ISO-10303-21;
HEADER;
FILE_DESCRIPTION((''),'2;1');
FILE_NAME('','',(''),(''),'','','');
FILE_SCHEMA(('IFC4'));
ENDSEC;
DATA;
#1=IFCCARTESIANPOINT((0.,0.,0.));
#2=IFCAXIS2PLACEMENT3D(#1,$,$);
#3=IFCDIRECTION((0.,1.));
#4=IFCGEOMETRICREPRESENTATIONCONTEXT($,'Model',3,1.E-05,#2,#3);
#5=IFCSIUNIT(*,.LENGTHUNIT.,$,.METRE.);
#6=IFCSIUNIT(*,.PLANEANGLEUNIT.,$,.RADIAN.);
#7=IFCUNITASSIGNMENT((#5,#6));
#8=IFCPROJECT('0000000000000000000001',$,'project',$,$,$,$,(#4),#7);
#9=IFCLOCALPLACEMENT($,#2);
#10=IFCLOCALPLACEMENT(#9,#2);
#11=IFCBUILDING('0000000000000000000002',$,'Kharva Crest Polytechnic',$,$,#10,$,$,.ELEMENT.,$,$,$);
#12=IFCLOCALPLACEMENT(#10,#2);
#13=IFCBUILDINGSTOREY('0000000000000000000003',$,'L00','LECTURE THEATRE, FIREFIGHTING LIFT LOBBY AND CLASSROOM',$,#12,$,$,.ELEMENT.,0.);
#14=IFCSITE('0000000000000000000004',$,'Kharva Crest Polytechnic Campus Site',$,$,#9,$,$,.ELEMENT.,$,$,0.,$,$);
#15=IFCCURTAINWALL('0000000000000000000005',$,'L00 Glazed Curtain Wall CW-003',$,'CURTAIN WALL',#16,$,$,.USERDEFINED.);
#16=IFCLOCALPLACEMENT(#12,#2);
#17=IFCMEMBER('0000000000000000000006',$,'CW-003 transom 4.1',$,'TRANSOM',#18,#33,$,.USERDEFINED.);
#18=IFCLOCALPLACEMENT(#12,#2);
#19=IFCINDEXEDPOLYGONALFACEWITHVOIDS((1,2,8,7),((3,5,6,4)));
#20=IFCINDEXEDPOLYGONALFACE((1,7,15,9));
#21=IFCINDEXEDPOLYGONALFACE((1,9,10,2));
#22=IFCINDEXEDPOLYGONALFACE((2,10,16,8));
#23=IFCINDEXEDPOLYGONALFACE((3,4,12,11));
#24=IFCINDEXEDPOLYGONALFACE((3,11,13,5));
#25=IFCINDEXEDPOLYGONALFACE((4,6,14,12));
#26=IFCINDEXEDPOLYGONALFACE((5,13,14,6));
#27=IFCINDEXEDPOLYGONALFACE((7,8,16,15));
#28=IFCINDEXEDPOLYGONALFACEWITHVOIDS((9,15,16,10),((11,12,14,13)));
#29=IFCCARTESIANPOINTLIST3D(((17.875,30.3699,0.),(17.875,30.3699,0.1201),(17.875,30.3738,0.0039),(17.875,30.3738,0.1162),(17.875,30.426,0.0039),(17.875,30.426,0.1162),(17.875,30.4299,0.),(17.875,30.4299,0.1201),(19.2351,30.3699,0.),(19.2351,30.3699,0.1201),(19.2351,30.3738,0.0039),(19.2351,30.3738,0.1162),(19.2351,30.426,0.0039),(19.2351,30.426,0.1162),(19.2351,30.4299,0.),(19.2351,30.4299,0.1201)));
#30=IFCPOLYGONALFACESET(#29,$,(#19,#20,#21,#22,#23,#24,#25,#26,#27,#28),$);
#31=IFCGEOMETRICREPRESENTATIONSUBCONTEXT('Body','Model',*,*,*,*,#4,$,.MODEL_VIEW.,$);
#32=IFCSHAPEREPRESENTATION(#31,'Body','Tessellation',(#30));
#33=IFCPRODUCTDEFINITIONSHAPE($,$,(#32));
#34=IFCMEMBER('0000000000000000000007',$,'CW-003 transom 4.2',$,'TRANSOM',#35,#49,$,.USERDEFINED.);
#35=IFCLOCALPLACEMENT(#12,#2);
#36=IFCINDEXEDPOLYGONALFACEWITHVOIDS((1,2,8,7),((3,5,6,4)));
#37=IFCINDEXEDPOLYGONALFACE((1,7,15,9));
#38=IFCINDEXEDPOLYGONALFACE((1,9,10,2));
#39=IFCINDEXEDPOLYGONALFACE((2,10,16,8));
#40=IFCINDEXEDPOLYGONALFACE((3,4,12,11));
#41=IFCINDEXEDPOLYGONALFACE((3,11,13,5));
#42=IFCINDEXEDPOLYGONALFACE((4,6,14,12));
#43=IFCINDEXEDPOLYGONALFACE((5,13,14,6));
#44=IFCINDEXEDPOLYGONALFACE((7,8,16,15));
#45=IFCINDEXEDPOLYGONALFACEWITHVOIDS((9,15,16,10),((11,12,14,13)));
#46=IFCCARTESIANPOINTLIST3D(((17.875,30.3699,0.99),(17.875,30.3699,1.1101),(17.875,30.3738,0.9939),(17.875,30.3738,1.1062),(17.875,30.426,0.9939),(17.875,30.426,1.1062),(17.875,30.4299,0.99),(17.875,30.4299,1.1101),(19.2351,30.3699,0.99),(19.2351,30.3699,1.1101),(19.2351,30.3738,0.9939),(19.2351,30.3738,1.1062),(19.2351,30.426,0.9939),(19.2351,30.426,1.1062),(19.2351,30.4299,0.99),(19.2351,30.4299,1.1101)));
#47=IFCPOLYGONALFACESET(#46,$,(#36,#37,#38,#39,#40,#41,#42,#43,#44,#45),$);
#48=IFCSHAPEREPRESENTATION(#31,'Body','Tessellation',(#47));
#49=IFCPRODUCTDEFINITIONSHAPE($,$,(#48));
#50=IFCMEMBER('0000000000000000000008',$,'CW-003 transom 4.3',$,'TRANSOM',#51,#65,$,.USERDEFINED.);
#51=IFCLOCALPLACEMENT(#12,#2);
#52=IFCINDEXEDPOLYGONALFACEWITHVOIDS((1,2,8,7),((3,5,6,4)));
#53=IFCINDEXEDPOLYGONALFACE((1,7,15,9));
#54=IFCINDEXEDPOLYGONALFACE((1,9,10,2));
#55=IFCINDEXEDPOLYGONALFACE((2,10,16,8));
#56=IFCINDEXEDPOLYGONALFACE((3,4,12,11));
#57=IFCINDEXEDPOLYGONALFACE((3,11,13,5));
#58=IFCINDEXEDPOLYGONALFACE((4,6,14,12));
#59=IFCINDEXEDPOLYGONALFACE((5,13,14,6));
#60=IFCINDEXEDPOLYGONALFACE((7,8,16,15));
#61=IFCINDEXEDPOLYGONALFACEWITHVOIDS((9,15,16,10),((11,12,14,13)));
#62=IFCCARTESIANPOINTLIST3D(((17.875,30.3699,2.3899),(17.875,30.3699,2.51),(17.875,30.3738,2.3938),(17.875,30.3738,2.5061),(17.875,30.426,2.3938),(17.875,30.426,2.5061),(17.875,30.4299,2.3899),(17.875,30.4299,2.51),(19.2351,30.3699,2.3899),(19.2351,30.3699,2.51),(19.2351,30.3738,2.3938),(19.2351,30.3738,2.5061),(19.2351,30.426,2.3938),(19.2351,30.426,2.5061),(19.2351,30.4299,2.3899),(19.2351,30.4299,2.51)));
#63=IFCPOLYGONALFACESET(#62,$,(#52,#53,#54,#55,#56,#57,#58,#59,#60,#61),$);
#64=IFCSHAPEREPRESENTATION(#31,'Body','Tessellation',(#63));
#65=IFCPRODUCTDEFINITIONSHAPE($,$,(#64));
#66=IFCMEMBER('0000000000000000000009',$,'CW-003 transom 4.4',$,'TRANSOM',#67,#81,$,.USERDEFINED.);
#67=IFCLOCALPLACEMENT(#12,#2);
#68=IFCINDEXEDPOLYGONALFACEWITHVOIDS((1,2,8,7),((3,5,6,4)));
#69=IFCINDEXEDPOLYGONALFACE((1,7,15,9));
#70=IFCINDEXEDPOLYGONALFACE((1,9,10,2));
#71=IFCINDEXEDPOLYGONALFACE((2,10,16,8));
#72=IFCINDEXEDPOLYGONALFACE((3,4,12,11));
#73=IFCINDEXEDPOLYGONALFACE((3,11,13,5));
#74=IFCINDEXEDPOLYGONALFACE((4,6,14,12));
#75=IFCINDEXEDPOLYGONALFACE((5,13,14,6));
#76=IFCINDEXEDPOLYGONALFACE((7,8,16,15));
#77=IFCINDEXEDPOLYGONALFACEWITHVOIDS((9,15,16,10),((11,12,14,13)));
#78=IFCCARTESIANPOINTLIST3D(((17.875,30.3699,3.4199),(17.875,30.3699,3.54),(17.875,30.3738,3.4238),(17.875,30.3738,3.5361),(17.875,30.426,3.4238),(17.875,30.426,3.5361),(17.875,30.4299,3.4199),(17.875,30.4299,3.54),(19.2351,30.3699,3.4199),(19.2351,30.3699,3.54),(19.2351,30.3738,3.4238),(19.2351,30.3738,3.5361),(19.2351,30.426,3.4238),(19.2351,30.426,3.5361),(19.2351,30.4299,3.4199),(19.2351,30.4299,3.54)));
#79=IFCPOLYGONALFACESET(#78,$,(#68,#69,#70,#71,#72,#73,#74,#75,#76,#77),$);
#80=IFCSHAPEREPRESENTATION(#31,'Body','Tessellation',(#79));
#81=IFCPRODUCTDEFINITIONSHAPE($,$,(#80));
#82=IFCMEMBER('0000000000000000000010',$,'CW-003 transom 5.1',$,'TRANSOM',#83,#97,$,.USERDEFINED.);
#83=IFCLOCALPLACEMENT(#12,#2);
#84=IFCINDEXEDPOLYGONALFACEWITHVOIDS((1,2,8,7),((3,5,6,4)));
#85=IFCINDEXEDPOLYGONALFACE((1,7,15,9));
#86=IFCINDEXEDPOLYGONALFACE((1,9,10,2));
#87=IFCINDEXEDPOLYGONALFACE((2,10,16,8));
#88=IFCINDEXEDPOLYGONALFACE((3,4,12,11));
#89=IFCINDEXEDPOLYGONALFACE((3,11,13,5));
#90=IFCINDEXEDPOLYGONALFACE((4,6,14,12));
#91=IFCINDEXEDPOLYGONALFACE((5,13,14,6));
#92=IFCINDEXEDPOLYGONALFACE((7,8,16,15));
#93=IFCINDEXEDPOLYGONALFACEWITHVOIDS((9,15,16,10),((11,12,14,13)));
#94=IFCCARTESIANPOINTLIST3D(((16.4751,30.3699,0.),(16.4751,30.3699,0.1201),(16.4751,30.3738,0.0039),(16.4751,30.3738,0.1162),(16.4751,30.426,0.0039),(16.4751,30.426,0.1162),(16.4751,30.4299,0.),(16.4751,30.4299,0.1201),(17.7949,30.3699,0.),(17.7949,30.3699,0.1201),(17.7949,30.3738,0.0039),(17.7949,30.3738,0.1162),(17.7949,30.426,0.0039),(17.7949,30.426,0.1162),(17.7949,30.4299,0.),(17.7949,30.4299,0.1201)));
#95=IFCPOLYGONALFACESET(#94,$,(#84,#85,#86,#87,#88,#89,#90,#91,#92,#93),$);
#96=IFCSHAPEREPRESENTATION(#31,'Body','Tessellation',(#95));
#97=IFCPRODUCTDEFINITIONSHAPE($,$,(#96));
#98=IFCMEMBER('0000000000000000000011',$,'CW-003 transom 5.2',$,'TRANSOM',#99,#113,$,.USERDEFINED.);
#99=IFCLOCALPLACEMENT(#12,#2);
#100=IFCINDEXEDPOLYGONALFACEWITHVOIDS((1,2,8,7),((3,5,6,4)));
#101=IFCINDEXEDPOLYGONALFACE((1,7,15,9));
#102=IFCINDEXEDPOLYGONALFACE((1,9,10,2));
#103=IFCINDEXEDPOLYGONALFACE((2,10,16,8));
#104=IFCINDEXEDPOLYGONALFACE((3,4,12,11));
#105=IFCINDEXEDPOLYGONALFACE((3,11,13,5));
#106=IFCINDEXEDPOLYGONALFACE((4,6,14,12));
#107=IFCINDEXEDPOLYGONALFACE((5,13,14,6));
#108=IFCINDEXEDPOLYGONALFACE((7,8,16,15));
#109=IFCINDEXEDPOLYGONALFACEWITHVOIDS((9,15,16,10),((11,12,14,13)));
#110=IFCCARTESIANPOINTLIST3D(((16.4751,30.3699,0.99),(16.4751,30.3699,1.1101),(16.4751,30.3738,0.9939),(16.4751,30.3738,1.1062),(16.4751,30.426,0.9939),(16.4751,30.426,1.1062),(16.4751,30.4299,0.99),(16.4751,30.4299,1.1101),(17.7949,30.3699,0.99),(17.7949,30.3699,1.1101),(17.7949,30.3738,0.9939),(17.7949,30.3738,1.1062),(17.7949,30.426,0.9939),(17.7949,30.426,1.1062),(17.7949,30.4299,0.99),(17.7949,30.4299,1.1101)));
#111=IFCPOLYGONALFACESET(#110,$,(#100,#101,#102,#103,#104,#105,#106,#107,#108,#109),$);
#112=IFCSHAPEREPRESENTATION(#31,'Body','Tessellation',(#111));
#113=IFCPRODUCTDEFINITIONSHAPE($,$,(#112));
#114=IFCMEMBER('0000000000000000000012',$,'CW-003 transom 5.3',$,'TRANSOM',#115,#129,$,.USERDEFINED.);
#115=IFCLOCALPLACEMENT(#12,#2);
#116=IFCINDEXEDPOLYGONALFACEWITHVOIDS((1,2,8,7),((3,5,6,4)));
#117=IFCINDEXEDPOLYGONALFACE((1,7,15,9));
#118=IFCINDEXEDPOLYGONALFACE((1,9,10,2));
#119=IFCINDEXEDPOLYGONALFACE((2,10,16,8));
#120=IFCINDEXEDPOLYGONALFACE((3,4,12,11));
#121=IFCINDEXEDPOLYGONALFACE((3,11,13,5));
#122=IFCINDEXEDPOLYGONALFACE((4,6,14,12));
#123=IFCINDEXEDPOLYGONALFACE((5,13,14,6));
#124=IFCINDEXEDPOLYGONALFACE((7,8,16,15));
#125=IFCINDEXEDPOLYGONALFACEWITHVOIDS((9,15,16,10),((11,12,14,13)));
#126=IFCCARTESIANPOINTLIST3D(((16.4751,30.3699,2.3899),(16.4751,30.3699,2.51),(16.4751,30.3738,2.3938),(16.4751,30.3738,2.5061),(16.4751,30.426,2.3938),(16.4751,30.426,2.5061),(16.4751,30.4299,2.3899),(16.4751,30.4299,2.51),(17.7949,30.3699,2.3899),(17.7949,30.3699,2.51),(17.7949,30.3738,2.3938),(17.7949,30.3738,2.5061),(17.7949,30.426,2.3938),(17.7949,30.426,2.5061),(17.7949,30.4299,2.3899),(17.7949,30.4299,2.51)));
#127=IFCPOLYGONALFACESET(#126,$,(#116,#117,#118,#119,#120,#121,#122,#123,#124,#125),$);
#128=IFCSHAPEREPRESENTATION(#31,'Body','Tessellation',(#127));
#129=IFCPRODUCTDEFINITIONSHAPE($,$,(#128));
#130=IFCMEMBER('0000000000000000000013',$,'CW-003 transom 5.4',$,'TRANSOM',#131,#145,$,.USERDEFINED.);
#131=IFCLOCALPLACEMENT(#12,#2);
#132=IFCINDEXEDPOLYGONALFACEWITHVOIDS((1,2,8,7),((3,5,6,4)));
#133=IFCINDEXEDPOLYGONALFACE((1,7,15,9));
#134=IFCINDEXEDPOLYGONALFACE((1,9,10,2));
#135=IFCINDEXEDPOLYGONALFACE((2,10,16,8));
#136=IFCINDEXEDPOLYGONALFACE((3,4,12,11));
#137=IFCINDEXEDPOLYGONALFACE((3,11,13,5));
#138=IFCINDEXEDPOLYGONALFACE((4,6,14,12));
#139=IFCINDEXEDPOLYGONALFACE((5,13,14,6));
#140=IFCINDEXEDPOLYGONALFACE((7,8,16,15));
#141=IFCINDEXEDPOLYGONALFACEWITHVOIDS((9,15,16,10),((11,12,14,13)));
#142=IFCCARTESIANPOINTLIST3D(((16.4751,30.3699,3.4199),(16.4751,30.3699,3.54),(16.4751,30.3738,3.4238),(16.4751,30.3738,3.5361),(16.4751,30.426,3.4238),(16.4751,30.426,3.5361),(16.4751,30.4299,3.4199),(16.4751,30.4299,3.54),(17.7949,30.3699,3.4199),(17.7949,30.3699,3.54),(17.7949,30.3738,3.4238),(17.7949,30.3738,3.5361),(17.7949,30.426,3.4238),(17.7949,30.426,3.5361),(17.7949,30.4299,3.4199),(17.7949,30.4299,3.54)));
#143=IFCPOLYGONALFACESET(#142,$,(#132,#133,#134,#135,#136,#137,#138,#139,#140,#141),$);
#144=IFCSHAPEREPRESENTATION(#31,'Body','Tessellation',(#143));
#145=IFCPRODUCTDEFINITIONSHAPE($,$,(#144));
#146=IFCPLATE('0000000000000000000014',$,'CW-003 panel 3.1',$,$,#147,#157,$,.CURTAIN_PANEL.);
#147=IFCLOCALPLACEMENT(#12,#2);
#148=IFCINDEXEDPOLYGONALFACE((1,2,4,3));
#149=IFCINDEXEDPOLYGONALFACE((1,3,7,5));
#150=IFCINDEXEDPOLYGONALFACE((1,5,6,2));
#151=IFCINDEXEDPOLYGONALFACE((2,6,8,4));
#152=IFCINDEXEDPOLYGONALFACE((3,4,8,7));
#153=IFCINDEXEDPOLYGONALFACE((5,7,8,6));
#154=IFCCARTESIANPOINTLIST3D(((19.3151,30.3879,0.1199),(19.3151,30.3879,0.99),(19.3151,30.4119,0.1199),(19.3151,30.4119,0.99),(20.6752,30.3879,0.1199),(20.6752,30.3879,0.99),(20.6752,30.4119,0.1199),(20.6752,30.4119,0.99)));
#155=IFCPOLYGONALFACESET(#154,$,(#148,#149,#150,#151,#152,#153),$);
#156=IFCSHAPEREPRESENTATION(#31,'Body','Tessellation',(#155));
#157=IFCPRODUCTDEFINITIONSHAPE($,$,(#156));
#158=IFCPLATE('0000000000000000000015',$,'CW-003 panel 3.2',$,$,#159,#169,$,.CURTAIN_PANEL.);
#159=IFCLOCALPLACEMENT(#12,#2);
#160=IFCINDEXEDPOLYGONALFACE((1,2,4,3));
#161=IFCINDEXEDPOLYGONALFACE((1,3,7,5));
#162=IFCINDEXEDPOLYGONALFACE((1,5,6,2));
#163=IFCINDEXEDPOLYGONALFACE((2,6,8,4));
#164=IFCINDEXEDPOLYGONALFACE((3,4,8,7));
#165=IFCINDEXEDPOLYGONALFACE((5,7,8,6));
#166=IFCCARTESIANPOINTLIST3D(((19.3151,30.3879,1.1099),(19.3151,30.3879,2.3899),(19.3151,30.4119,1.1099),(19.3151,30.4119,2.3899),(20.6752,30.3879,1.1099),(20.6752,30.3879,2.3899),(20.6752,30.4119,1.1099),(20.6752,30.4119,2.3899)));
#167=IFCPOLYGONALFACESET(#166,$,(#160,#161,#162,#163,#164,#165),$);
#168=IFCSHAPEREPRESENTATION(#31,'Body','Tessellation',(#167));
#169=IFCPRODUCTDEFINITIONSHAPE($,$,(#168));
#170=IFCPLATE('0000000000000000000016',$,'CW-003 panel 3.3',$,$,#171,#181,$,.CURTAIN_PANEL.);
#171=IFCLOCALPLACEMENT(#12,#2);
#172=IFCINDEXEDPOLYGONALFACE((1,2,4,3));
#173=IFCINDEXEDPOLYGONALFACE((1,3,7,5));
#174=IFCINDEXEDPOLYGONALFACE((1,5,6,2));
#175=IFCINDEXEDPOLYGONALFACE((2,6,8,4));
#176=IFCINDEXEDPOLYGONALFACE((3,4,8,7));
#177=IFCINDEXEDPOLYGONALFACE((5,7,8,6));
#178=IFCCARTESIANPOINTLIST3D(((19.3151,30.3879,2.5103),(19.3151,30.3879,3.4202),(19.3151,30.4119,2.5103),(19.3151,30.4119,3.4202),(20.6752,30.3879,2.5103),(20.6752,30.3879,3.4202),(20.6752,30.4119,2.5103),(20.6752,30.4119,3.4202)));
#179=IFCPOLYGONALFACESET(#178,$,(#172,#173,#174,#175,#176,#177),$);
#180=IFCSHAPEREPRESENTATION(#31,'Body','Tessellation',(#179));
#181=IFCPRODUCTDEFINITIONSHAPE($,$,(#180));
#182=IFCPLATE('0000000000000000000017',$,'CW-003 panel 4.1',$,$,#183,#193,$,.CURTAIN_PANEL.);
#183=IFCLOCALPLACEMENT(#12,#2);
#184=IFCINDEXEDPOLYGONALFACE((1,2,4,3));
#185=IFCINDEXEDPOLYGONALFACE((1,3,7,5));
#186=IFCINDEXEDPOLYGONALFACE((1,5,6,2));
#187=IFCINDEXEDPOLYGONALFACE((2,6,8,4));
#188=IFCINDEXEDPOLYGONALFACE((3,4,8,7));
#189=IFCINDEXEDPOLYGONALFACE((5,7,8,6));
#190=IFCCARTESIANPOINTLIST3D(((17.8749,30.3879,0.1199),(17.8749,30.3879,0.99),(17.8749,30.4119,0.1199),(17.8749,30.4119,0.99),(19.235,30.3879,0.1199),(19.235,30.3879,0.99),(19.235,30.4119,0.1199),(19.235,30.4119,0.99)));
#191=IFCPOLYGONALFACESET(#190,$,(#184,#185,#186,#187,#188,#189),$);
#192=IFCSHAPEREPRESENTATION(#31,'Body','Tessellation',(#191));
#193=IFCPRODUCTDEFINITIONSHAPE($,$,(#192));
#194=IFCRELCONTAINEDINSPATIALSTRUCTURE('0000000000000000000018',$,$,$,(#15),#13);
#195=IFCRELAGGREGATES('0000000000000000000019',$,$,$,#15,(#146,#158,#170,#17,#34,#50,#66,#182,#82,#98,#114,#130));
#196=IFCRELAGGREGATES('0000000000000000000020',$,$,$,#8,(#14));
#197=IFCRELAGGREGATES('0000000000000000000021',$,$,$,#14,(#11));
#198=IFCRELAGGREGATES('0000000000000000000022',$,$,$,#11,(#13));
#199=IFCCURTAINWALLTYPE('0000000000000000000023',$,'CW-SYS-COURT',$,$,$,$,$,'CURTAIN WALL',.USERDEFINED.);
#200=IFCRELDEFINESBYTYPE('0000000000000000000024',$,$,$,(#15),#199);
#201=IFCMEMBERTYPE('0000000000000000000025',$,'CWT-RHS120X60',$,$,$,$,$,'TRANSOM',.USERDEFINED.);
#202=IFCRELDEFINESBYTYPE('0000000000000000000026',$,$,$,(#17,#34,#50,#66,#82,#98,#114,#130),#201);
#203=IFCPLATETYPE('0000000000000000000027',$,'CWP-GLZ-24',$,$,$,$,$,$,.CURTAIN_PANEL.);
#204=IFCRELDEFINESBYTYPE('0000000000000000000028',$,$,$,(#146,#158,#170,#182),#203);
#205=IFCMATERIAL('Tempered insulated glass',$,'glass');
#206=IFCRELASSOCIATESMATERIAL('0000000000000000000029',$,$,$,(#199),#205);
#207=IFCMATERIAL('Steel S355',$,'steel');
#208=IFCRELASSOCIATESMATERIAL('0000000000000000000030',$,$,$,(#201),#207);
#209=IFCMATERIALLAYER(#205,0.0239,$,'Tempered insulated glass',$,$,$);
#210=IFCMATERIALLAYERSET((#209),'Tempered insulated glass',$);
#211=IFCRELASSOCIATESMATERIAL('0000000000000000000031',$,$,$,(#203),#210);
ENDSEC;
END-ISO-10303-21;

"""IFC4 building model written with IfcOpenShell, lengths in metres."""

from ifc_helpers import new_model, si_unit, direction, frame, origin, origin_2d, place, context, subcontext, project, spatial, rectangle, hollow_rectangle, extrude, material, layer, layer_set, material_profile, profile_set, type_object, element, aggregate, save


model = new_model("IFC4")

# Units and contexts
model_context = context("Model", 3, precision=1e-05, world=origin(), true_north=direction((0.0, 1.0)))
body_context = subcontext(model_context, "Body", "Model", "MODEL_VIEW")
ifc_project = project(units=[si_unit("LENGTHUNIT", "METRE"), si_unit("PLANEANGLEUNIT", "RADIAN")], contexts=[model_context])

# Site, building, storey
site_placement = place(None, origin())
site = spatial("IfcSite", under=ifc_project, at=site_placement, Name="Kharva Crest Polytechnic Campus Site", CompositionType="ELEMENT", RefElevation=0.0)
building_placement = place(site_placement, origin())
building = spatial("IfcBuilding", under=site, at=building_placement, Name="Kharva Crest Polytechnic", CompositionType="ELEMENT")
storey_placement = place(building_placement, origin())
storey = spatial("IfcBuildingStorey", under=building, at=storey_placement, Name="L00", Description="LECTURE THEATRE, FIREFIGHTING LIFT LOBBY AND CLASSROOM", CompositionType="ELEMENT", Elevation=0.0)

# Curtain wall, members, plates
ifc_material_1 = material(Name="Tempered insulated glass", Category="glass")
curtain_wall_type = type_object("IfcCurtainWallType", Name="CW-SYS-COURT", ElementType="CURTAIN WALL", PredefinedType="USERDEFINED", material=ifc_material_1)
curtain_wall_placement = place(storey_placement, origin())
curtain_wall = element("IfcCurtainWall", 1, at=curtain_wall_placement, inside=storey, type_object=curtain_wall_type, Name="L00 Glazed Curtain Wall CW-003", ObjectType="CURTAIN WALL", PredefinedType="USERDEFINED")
ifc_material_2 = material(Name="Steel S355", Category="steel")
ifc_material_profile_1 = material_profile(ifc_material_2, hollow_rectangle(XDim=0.0601, YDim=0.1201, WallThickness=0.0039, at=origin_2d()), Name="RHS 120X60X4.0")
ifc_profile_set_1 = profile_set([ifc_material_profile_1], Name="Steel S355")
member_type_1 = type_object("IfcMemberType", Name="CWT-RHS120X60", ElementType="TRANSOM", PredefinedType="USERDEFINED", material=ifc_profile_set_1)
member_1_placement = place(storey_placement, frame((19.2351, 30.3999, 0.0601), z_axis=(-1.0, 0.0, 0.0), x_axis=(0.0, -1.0, 0.0)))
member_1 = element("IfcMember", 2, at=member_1_placement, type_object=member_type_1, Name="CW-003 transom 4.1", ObjectType="TRANSOM", PredefinedType="USERDEFINED", context=body_context, shape_type="SweptSolid", body=[
    extrude(hollow_rectangle(XDim=0.0601, YDim=0.1201, WallThickness=0.0039, at=origin_2d()), origin(), (0.0, 0.0, 1.0), 1.3601),
])
member_2_placement = place(storey_placement, frame((19.2351, 30.3999, 1.05), z_axis=(-1.0, 0.0, 0.0), x_axis=(0.0, -1.0, 0.0)))
member_2 = element("IfcMember", 3, at=member_2_placement, type_object=member_type_1, Name="CW-003 transom 4.2", ObjectType="TRANSOM", PredefinedType="USERDEFINED", context=body_context, shape_type="SweptSolid", body=[
    extrude(hollow_rectangle(XDim=0.0601, YDim=0.1201, WallThickness=0.0039, at=origin_2d()), origin(), (0.0, 0.0, 1.0), 1.3601),
])
member_3_placement = place(storey_placement, frame((19.2351, 30.3999, 2.45), z_axis=(-1.0, 0.0, 0.0), x_axis=(0.0, -1.0, 0.0)))
member_3 = element("IfcMember", 4, at=member_3_placement, type_object=member_type_1, Name="CW-003 transom 4.3", ObjectType="TRANSOM", PredefinedType="USERDEFINED", context=body_context, shape_type="SweptSolid", body=[
    extrude(hollow_rectangle(XDim=0.0601, YDim=0.1201, WallThickness=0.0039, at=origin_2d()), origin(), (0.0, 0.0, 1.0), 1.3601),
])
member_4_placement = place(storey_placement, frame((19.2351, 30.3999, 3.48), z_axis=(-1.0, 0.0, 0.0), x_axis=(0.0, -1.0, 0.0)))
member_4 = element("IfcMember", 5, at=member_4_placement, type_object=member_type_1, Name="CW-003 transom 4.4", ObjectType="TRANSOM", PredefinedType="USERDEFINED", context=body_context, shape_type="SweptSolid", body=[
    extrude(hollow_rectangle(XDim=0.0601, YDim=0.1201, WallThickness=0.0039, at=origin_2d()), origin(), (0.0, 0.0, 1.0), 1.3601),
])
member_5_placement = place(storey_placement, frame((17.7949, 30.3999, 0.0601), z_axis=(-1.0, 0.0, 0.0), x_axis=(0.0, -1.0, 0.0)))
member_5 = element("IfcMember", 6, at=member_5_placement, type_object=member_type_1, Name="CW-003 transom 5.1", ObjectType="TRANSOM", PredefinedType="USERDEFINED", context=body_context, shape_type="SweptSolid", body=[
    extrude(hollow_rectangle(XDim=0.0601, YDim=0.1201, WallThickness=0.0039, at=origin_2d()), origin(), (0.0, 0.0, 1.0), 1.3198),
])
member_6_placement = place(storey_placement, frame((17.7949, 30.3999, 1.05), z_axis=(-1.0, 0.0, 0.0), x_axis=(0.0, -1.0, 0.0)))
member_6 = element("IfcMember", 7, at=member_6_placement, type_object=member_type_1, Name="CW-003 transom 5.2", ObjectType="TRANSOM", PredefinedType="USERDEFINED", context=body_context, shape_type="SweptSolid", body=[
    extrude(hollow_rectangle(XDim=0.0601, YDim=0.1201, WallThickness=0.0039, at=origin_2d()), origin(), (0.0, 0.0, 1.0), 1.3198),
])
member_7_placement = place(storey_placement, frame((17.7949, 30.3999, 2.45), z_axis=(-1.0, 0.0, 0.0), x_axis=(0.0, -1.0, 0.0)))
member_7 = element("IfcMember", 8, at=member_7_placement, type_object=member_type_1, Name="CW-003 transom 5.3", ObjectType="TRANSOM", PredefinedType="USERDEFINED", context=body_context, shape_type="SweptSolid", body=[
    extrude(hollow_rectangle(XDim=0.0601, YDim=0.1201, WallThickness=0.0039, at=origin_2d()), origin(), (0.0, 0.0, 1.0), 1.3198),
])
member_8_placement = place(storey_placement, frame((17.7949, 30.3999, 3.48), z_axis=(-1.0, 0.0, 0.0), x_axis=(0.0, -1.0, 0.0)))
member_8 = element("IfcMember", 9, at=member_8_placement, type_object=member_type_1, Name="CW-003 transom 5.4", ObjectType="TRANSOM", PredefinedType="USERDEFINED", context=body_context, shape_type="SweptSolid", body=[
    extrude(hollow_rectangle(XDim=0.0601, YDim=0.1201, WallThickness=0.0039, at=origin_2d()), origin(), (0.0, 0.0, 1.0), 1.3198),
])
ifc_layer_1 = layer(ifc_material_1, 0.0239, Name="Tempered insulated glass")
ifc_layer_set_1 = layer_set([ifc_layer_1], Name="Tempered insulated glass")
plate_type = type_object("IfcPlateType", Name="CWP-GLZ-24", PredefinedType="CURTAIN_PANEL", material=ifc_layer_set_1)
plate_1_placement = place(storey_placement, frame((19.9951, 30.3999, 0.1199), z_axis=(0.0, 0.0, 1.0), x_axis=(-1.0, 0.0, 0.0)))
plate_1 = element("IfcPlate", 10, at=plate_1_placement, type_object=plate_type, Name="CW-003 panel 3.1", PredefinedType="CURTAIN_PANEL", context=body_context, shape_type="SweptSolid", body=[
    extrude(rectangle(XDim=1.3601, YDim=0.0239, at=origin_2d()), origin(), (0.0, 0.0, 1.0), 0.8701),
])
plate_2_placement = place(storey_placement, frame((19.9951, 30.3999, 1.1099), z_axis=(0.0, 0.0, 1.0), x_axis=(-1.0, 0.0, 0.0)))
plate_2 = element("IfcPlate", 11, at=plate_2_placement, type_object=plate_type, Name="CW-003 panel 3.2", PredefinedType="CURTAIN_PANEL", context=body_context, shape_type="SweptSolid", body=[
    extrude(rectangle(XDim=1.3601, YDim=0.0239, at=origin_2d()), origin(), (0.0, 0.0, 1.0), 1.28),
])
plate_3_placement = place(storey_placement, frame((19.9951, 30.3999, 2.5103), z_axis=(0.0, 0.0, 1.0), x_axis=(-1.0, 0.0, 0.0)))
plate_3 = element("IfcPlate", 12, at=plate_3_placement, type_object=plate_type, Name="CW-003 panel 3.3", PredefinedType="CURTAIN_PANEL", context=body_context, shape_type="SweptSolid", body=[
    extrude(rectangle(XDim=1.3601, YDim=0.0239, at=origin_2d()), origin(), (0.0, 0.0, 1.0), 0.9099),
])
plate_4_placement = place(storey_placement, frame((18.5549, 30.3999, 0.1199), z_axis=(0.0, 0.0, 1.0), x_axis=(-1.0, 0.0, 0.0)))
plate_4 = element("IfcPlate", 13, at=plate_4_placement, type_object=plate_type, Name="CW-003 panel 4.1", PredefinedType="CURTAIN_PANEL", context=body_context, shape_type="SweptSolid", body=[
    extrude(rectangle(XDim=1.3601, YDim=0.0239, at=origin_2d()), origin(), (0.0, 0.0, 1.0), 0.8701),
])
aggregate(curtain_wall, [plate_1, plate_2, plate_3, member_1, member_2, member_3, member_4, plate_4, member_5, member_6, member_7, member_8])

save(model, "model.ifc")
